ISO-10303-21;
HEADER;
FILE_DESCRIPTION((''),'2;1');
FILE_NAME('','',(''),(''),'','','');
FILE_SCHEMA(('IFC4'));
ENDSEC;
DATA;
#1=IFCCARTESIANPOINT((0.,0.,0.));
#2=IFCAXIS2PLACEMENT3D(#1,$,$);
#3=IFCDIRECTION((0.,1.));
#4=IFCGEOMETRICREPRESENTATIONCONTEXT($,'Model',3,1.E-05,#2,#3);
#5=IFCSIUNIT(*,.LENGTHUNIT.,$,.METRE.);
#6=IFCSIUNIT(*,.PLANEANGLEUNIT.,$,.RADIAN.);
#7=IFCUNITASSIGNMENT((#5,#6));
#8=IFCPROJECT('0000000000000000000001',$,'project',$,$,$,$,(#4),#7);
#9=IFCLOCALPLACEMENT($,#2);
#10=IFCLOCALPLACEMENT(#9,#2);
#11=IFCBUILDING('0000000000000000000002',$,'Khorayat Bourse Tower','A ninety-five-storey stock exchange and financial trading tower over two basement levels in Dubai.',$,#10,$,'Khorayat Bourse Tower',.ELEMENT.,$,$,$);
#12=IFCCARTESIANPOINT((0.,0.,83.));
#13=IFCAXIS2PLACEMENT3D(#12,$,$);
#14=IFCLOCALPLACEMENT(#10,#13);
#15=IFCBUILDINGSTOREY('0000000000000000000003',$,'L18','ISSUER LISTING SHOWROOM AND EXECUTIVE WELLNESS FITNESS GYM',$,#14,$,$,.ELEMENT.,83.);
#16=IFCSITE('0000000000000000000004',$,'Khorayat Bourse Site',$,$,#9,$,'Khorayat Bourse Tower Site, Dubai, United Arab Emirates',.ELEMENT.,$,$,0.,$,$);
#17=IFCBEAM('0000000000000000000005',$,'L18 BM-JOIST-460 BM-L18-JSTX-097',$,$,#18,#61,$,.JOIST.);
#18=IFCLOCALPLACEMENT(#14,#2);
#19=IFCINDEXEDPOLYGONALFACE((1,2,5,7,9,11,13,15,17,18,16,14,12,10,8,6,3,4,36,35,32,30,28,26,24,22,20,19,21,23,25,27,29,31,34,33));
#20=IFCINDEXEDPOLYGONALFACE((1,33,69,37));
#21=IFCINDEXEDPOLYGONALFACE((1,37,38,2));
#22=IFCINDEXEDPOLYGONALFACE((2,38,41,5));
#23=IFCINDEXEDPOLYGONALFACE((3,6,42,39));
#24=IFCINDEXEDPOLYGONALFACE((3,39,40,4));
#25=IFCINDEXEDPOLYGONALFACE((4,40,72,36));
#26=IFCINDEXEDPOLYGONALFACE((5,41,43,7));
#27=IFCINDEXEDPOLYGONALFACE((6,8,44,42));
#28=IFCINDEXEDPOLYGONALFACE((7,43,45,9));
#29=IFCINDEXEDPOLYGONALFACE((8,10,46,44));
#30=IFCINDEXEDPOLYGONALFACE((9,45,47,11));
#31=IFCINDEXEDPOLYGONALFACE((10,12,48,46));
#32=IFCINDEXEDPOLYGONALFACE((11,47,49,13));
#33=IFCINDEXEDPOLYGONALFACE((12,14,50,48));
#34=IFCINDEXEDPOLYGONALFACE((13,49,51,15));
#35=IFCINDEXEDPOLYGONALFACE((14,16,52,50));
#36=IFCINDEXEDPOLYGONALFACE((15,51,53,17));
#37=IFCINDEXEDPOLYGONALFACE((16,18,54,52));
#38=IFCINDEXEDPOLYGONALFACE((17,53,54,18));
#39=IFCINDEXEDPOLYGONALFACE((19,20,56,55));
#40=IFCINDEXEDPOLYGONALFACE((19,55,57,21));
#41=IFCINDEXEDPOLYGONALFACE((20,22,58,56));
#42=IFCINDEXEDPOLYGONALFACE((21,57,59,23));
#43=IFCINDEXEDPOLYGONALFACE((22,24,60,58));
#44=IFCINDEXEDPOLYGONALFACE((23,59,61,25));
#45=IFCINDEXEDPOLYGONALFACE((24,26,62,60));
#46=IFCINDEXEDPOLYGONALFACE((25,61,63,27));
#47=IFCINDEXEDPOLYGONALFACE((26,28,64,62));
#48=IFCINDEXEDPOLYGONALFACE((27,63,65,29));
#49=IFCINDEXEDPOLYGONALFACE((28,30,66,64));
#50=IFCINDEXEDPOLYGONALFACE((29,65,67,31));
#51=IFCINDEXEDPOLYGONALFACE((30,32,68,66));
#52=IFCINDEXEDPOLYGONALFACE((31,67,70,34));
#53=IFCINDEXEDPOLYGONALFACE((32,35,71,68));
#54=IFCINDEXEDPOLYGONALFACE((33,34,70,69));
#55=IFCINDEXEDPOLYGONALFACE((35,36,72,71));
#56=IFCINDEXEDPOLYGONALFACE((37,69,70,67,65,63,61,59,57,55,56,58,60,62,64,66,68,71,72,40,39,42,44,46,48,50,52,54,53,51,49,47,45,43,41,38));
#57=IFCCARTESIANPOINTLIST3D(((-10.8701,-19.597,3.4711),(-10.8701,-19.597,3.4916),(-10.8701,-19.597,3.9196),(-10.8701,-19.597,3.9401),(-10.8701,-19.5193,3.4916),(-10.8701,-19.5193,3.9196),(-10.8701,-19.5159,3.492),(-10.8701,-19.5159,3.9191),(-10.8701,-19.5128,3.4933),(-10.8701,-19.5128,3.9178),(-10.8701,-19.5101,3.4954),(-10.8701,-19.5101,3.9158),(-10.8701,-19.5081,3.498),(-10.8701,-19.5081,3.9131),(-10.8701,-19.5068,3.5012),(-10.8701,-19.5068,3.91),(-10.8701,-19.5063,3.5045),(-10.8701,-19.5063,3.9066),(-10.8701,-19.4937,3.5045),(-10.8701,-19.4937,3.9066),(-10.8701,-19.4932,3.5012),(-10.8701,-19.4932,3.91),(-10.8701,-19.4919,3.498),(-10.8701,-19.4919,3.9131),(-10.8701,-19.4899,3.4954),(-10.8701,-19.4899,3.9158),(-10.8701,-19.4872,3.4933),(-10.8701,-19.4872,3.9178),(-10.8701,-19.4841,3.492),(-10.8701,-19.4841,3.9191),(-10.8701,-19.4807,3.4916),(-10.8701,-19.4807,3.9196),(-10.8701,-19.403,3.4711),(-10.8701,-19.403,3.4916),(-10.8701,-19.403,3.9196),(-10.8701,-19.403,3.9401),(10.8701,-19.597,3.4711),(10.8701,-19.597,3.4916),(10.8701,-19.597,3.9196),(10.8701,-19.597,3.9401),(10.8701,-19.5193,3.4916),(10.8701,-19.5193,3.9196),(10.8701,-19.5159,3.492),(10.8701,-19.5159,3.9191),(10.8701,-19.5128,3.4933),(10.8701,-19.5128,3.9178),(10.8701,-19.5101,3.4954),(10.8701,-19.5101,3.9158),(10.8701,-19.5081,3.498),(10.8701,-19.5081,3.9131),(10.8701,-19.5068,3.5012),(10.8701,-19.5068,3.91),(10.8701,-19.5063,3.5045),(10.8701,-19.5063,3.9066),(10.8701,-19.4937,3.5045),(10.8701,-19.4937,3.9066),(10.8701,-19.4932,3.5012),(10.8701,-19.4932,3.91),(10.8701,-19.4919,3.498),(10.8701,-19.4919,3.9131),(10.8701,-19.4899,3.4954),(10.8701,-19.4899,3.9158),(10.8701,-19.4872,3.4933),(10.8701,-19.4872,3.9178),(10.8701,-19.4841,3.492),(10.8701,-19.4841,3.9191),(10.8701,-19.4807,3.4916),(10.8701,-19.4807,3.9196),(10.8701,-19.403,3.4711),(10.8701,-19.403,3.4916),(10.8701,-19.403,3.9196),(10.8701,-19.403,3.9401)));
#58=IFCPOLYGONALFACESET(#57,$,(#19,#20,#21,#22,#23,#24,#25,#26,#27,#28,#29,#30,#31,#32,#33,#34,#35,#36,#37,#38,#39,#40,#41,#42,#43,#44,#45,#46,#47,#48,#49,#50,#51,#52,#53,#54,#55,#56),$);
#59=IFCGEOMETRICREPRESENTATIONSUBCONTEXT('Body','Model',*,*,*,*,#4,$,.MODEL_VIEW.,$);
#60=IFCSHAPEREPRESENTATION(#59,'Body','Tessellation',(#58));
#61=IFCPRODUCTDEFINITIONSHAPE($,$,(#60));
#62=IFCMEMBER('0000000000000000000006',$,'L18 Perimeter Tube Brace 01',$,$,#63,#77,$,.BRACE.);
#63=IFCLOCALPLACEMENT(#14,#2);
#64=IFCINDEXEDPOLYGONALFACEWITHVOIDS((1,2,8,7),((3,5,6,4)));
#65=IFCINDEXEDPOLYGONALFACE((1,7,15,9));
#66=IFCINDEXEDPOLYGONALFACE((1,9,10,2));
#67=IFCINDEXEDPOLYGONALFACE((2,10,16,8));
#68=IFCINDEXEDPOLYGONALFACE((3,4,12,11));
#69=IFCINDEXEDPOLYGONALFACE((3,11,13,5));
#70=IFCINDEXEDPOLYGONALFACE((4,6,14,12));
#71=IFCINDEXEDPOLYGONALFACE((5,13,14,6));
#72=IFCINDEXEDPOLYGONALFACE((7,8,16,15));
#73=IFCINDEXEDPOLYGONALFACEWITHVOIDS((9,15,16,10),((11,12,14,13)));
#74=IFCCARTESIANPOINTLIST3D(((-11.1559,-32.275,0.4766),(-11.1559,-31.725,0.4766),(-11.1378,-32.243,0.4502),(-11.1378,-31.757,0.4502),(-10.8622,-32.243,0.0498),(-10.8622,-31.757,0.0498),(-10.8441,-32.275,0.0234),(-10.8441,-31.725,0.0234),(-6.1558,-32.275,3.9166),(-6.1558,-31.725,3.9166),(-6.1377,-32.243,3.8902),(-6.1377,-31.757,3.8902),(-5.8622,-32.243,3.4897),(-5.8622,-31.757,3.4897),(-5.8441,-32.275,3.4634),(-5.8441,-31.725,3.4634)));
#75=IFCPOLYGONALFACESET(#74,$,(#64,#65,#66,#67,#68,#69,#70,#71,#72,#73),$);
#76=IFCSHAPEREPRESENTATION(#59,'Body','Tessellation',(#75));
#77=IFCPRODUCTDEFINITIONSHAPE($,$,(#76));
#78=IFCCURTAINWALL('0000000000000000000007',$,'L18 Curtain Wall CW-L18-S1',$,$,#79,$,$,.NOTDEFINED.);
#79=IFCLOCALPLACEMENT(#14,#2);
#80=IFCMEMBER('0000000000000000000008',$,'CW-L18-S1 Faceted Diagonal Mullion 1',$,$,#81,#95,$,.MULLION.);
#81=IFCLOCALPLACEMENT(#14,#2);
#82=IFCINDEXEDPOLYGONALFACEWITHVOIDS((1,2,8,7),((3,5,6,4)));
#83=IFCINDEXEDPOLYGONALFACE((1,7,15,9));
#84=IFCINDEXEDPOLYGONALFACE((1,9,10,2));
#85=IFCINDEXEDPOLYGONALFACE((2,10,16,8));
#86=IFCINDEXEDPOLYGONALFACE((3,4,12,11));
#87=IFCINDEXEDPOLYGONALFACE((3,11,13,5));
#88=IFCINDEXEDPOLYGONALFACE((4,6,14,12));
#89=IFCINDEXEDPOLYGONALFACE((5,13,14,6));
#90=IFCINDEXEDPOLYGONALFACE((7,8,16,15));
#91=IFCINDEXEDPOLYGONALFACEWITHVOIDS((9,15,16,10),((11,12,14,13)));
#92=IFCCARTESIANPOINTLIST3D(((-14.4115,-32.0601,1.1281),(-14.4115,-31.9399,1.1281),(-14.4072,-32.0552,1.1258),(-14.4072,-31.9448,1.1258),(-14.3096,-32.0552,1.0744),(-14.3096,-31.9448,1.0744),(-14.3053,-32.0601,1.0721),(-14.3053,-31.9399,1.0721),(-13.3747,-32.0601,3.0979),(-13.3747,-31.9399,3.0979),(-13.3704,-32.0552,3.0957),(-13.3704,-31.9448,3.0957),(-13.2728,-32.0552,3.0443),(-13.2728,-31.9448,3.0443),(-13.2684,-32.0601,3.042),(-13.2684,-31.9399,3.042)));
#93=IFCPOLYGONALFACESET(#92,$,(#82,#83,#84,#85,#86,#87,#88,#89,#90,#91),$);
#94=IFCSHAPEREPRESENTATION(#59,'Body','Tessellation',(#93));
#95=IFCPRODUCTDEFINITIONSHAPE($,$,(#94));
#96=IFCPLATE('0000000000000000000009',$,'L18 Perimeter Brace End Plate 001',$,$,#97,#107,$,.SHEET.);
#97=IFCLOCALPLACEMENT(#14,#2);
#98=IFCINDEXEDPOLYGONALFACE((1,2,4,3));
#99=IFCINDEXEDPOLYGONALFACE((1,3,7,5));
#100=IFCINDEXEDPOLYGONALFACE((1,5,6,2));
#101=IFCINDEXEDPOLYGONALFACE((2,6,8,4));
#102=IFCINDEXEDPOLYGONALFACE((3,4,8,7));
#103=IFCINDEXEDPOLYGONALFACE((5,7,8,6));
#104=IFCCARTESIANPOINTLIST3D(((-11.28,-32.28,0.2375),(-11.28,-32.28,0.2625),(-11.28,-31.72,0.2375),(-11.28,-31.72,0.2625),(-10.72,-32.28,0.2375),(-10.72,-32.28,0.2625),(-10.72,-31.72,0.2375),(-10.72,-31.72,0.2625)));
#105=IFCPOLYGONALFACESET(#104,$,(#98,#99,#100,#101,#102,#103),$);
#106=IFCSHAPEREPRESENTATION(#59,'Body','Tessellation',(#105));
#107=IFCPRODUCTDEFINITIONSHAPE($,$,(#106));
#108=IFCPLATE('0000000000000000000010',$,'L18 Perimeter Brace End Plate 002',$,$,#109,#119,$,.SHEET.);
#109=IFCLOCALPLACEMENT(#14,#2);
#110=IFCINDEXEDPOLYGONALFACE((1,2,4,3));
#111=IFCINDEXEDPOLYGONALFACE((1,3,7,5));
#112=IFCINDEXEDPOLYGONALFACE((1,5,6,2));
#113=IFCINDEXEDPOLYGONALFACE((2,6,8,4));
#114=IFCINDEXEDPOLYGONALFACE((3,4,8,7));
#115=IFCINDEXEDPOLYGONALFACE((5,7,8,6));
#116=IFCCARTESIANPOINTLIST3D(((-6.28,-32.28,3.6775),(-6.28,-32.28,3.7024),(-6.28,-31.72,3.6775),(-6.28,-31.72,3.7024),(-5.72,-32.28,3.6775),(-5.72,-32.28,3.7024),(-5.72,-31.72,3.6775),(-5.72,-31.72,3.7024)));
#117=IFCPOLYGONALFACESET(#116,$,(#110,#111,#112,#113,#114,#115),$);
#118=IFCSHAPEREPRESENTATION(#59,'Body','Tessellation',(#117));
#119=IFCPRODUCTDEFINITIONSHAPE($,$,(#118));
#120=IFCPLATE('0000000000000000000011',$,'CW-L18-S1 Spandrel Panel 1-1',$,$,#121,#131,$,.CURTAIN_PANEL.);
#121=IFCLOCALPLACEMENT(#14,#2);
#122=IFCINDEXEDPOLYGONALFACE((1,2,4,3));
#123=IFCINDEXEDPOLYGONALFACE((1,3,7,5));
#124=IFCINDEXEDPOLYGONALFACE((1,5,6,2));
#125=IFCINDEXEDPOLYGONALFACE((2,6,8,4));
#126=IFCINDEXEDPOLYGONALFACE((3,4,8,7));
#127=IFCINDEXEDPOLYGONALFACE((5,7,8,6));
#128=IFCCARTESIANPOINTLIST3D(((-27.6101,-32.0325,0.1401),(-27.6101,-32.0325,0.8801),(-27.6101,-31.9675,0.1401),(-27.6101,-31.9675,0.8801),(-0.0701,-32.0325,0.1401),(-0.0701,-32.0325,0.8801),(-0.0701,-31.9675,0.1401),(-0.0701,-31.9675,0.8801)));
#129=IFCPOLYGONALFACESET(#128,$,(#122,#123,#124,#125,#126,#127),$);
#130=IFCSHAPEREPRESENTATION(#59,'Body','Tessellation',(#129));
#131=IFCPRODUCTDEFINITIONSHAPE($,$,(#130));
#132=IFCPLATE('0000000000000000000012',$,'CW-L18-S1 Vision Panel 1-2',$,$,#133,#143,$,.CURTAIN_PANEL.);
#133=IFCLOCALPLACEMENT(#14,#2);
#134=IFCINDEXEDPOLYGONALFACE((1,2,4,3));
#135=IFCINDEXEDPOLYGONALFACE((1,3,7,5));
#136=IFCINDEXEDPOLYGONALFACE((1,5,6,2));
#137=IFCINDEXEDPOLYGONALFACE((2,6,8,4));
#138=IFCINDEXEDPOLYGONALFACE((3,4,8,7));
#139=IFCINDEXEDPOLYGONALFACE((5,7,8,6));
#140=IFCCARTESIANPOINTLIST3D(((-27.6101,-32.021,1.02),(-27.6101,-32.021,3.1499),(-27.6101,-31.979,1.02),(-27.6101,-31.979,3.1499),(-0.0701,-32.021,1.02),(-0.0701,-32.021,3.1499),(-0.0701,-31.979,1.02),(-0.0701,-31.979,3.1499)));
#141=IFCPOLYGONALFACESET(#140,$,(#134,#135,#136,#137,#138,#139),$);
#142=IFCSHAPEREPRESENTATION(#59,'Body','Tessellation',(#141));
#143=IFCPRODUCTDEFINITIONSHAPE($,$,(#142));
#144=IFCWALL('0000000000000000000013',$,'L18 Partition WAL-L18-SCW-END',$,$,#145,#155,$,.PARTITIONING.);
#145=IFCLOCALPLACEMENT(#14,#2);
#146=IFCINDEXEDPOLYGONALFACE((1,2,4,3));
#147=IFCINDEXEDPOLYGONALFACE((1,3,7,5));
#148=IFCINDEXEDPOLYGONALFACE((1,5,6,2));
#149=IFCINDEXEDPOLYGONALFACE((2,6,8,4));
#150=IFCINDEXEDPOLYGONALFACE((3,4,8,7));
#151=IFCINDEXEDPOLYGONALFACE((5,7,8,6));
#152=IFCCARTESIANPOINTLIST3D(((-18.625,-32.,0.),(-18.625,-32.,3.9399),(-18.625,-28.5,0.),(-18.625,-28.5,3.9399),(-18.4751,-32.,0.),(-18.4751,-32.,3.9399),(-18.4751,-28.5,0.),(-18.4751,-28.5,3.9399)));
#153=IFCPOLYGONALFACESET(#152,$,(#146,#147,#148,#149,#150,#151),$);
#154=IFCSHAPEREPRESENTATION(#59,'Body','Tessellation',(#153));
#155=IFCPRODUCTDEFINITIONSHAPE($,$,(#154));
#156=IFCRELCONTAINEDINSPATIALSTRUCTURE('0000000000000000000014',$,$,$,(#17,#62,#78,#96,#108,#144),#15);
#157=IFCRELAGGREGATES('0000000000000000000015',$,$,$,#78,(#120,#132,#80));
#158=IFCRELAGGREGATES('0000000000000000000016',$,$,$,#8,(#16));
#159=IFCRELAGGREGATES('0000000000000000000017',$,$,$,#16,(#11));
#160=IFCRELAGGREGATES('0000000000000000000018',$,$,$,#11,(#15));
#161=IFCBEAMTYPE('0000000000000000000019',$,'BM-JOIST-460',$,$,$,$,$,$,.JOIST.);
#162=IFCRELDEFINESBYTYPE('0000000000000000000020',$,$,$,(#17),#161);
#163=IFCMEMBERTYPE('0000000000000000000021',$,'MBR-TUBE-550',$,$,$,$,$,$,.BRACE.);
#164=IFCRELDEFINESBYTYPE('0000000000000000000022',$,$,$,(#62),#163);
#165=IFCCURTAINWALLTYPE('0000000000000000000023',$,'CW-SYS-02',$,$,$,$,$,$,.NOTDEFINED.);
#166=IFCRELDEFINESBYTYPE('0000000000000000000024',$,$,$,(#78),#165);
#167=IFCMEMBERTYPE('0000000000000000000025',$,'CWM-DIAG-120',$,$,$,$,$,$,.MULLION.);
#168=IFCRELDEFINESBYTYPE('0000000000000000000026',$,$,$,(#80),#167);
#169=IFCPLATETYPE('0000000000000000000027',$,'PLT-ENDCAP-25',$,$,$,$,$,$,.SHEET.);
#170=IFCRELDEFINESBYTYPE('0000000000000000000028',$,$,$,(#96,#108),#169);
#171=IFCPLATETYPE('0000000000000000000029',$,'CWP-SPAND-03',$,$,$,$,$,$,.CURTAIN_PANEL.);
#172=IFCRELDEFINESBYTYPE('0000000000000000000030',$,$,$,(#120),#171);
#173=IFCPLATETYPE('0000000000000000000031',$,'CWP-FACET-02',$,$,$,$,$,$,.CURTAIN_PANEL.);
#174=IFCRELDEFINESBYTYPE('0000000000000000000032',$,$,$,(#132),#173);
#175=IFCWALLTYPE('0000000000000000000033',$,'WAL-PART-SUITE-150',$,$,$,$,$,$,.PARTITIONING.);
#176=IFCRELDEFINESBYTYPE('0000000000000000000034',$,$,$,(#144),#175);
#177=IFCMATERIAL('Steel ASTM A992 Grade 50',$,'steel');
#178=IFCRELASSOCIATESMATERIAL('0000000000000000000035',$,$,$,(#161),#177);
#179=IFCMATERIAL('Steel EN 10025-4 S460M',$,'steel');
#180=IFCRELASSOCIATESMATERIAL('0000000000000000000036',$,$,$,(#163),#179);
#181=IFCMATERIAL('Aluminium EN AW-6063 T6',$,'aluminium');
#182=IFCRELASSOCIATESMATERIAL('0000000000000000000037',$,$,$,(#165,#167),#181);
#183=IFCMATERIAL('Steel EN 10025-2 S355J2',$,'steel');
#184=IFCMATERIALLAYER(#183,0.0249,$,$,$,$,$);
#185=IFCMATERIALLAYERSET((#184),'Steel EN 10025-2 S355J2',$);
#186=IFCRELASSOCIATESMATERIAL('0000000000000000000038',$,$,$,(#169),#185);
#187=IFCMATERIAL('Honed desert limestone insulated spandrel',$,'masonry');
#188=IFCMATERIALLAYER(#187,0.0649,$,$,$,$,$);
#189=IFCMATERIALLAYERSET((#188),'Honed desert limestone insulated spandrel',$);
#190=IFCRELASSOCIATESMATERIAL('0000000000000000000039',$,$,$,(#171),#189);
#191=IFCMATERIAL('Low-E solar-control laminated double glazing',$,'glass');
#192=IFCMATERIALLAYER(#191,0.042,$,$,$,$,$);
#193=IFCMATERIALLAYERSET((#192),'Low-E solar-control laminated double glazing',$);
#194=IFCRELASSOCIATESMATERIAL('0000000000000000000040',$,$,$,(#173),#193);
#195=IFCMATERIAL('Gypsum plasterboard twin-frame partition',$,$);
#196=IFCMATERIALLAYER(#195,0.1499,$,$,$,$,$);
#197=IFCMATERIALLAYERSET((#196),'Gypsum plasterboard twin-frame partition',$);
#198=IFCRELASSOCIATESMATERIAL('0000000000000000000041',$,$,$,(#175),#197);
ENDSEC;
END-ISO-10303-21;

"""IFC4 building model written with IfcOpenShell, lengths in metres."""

from ifc_helpers import new_model, si_unit, direction, frame, frame_2d, origin, origin_2d, place, context, subcontext, project, spatial, rectangle, hollow_rectangle, i_section, extrude, source, transform, mapped, material, layer, layer_set, material_profile, profile_set, type_object, element, aggregate, save


model = new_model("IFC4")

# Units and contexts
model_context = context("Model", 3, precision=1e-05, world=origin(), true_north=direction((0.0, 1.0)))
body_context = subcontext(model_context, "Body", "Model", "MODEL_VIEW")
ifc_project = project(units=[si_unit("LENGTHUNIT", "METRE"), si_unit("PLANEANGLEUNIT", "RADIAN")], contexts=[model_context])

# Site, building, storey
site_placement = place(None, origin())
site = spatial("IfcSite", under=ifc_project, at=site_placement, Name="Khorayat Bourse Site", LongName="Khorayat Bourse Tower Site, Dubai, United Arab Emirates", CompositionType="ELEMENT", RefElevation=0.0)
building_placement = place(site_placement, origin())
building = spatial("IfcBuilding", under=site, at=building_placement, Name="Khorayat Bourse Tower", Description="A ninety-five-storey stock exchange and financial trading tower over two basement levels in Dubai.", LongName="Khorayat Bourse Tower", CompositionType="ELEMENT")
storey_placement = place(building_placement, frame((0.0, 0.0, 83.0)))
storey = spatial("IfcBuildingStorey", under=building, at=storey_placement, Name="L18", Description="ISSUER LISTING SHOWROOM AND EXECUTIVE WELLNESS FITNESS GYM", CompositionType="ELEMENT", Elevation=83.0)

# Shared definitions
ifc_material_1 = material(Name="Steel EN 10025-4 S460M", Category="steel")

# Beam
ifc_material_2 = material(Name="Steel ASTM A992 Grade 50", Category="steel")
ifc_material_profile_1 = material_profile(ifc_material_2, i_section(OverallWidth=0.1941, OverallDepth=0.469, WebThickness=0.0127, FlangeThickness=0.0205, FilletRadius=0.0129, at=origin_2d()), Name="W460X106")
ifc_profile_set_1 = profile_set([ifc_material_profile_1], Name="Steel ASTM A992 Grade 50")
beam_type_1 = type_object("IfcBeamType", Name="BM-JOIST-460", PredefinedType="JOIST", material=ifc_profile_set_1)
shared_shape_1 = source(origin(), body_context, "Body", "SweptSolid", [
    extrude(i_section(OverallWidth=0.1941, OverallDepth=0.469, WebThickness=0.0127, FlangeThickness=0.0205, FilletRadius=0.0129, at=origin_2d()), origin(), (0.0, 0.0, 1.0), 21.7402),
])
beam_1_placement = place(storey_placement, frame((-10.8701, -19.5, 3.7056), z_axis=(1.0, 0.0, 0.0), x_axis=(0.0, 1.0, 0.0)))
element("IfcBeam", 1, at=beam_1_placement, inside=storey, type_object=beam_type_1, Name="L18 BM-JOIST-460 BM-L18-JSTX-097", PredefinedType="JOIST", context=body_context, shape_type="MappedRepresentation", body=[
    mapped(shared_shape_1, transform((0.0, 0.0, 0.0), scale=1.0)),
])

# Member
ifc_material_profile_2 = material_profile(ifc_material_1, hollow_rectangle(XDim=0.55, YDim=0.55, WallThickness=0.032, at=origin_2d()), Name="HSS 550x550x32")
ifc_profile_set_2 = profile_set([ifc_material_profile_2], Name="Steel EN 10025-4 S460M")
member_type_1 = type_object("IfcMemberType", Name="MBR-TUBE-550", PredefinedType="BRACE", material=ifc_profile_set_2)
shared_shape_2 = source(origin(), body_context, "Body", "SweptSolid", [
    extrude(hollow_rectangle(XDim=0.55, YDim=0.55, WallThickness=0.032, at=origin_2d()), origin(), (0.0, 0.0, 1.0), 6.0691),
])
member_1_placement = place(storey_placement, frame((-11.0, -32.0, 0.25), z_axis=(0.823854, 0.0, 0.566802), x_axis=(0.0, 1.0, 0.0)))
element("IfcMember", 2, at=member_1_placement, inside=storey, type_object=member_type_1, Name="L18 Perimeter Tube Brace 01", PredefinedType="BRACE", context=body_context, shape_type="MappedRepresentation", body=[
    mapped(shared_shape_2, transform((0.0, 0.0, 0.0), scale=1.0)),
])

# Curtain wall, member
ifc_material_3 = material(Name="Aluminium EN AW-6063 T6", Category="aluminium")
curtain_wall_type = type_object("IfcCurtainWallType", Name="CW-SYS-02", PredefinedType="NOTDEFINED", material=ifc_material_3)
curtain_wall_placement = place(storey_placement, origin())
curtain_wall = element("IfcCurtainWall", 3, at=curtain_wall_placement, inside=storey, type_object=curtain_wall_type, Name="L18 Curtain Wall CW-L18-S1", PredefinedType="NOTDEFINED")
ifc_material_profile_3 = material_profile(ifc_material_3, hollow_rectangle(XDim=0.1201, YDim=0.1201, WallThickness=0.0049, at=origin_2d()), Name="ALU 120x120x5")
ifc_profile_set_3 = profile_set([ifc_material_profile_3], Name="Aluminium EN AW-6063 T6")
member_type_2 = type_object("IfcMemberType", Name="CWM-DIAG-120", PredefinedType="MULLION", material=ifc_profile_set_3)
shared_shape_3 = source(origin(), body_context, "Body", "SweptSolid", [
    extrude(hollow_rectangle(XDim=0.1201, YDim=0.1201, WallThickness=0.0049, at=origin_2d()), origin(), (0.0, 0.0, 1.0), 2.2261),
])
member_2_placement = place(storey_placement, frame((-14.3584, -32.0, 1.1001), z_axis=(0.46576, 0.0, 0.884911), x_axis=(0.0, 1.0, 0.0)))
member_2 = element("IfcMember", 4, at=member_2_placement, type_object=member_type_2, Name="CW-L18-S1 Faceted Diagonal Mullion 1", PredefinedType="MULLION", context=body_context, shape_type="MappedRepresentation", body=[
    mapped(shared_shape_3, transform((0.0, 0.0, 0.0), scale=1.0)),
])

# Plates
ifc_material_4 = material(Name="Steel EN 10025-2 S355J2", Category="steel")
ifc_layer_1 = layer(ifc_material_4, 0.0249)
ifc_layer_set_1 = layer_set([ifc_layer_1], Name="Steel EN 10025-2 S355J2")
plate_type_1 = type_object("IfcPlateType", Name="PLT-ENDCAP-25", PredefinedType="SHEET", material=ifc_layer_set_1)
shared_shape_4 = source(origin(), body_context, "Body", "SweptSolid", [
    extrude(rectangle(XDim=0.5601, YDim=0.5601, at=origin_2d()), origin(), (0.0, 0.0, 1.0), 0.0249),
])
for number, where, z_axis, x_axis, name in (
    (5, (-11.0, -32.0, 0.2375), (0.0, 0.0, 1.0), (1.0, 0.0, 0.0), "L18 Perimeter Brace End Plate 001"),
    (6, (-6.0, -32.0, 3.6775), (0.0, 0.0, 1.0), (1.0, 0.0, 0.0), "L18 Perimeter Brace End Plate 002"),
):
    element("IfcPlate", number, at=place(storey_placement, frame(where, z_axis=z_axis, x_axis=x_axis)), inside=storey, type_object=plate_type_1, Name=name, PredefinedType="SHEET", context=body_context, shape_type="MappedRepresentation", body=[
        mapped(shared_shape_4, transform((0.0, 0.0, 0.0), scale=1.0)),
    ])

# Plates
ifc_material_5 = material(Name="Honed desert limestone insulated spandrel", Category="masonry")
ifc_layer_2 = layer(ifc_material_5, 0.0649)
ifc_layer_set_2 = layer_set([ifc_layer_2], Name="Honed desert limestone insulated spandrel")
plate_type_2 = type_object("IfcPlateType", Name="CWP-SPAND-03", PredefinedType="CURTAIN_PANEL", material=ifc_layer_set_2)
shared_shape_5 = source(origin(), body_context, "Body", "SweptSolid", [
    extrude(rectangle(XDim=27.54, YDim=0.0649, at=origin_2d()), origin(), (0.0, 0.0, 1.0), 0.74),
])
plate_1_placement = place(storey_placement, frame((-13.8401, -32.0, 0.1401), z_axis=(0.0, 0.0, 1.0), x_axis=(1.0, 0.0, 0.0)))
plate_1 = element("IfcPlate", 7, at=plate_1_placement, type_object=plate_type_2, Name="CW-L18-S1 Spandrel Panel 1-1", PredefinedType="CURTAIN_PANEL", context=body_context, shape_type="MappedRepresentation", body=[
    mapped(shared_shape_5, transform((0.0, 0.0, 0.0), scale=1.0)),
])
ifc_material_6 = material(Name="Low-E solar-control laminated double glazing", Category="glass")
ifc_layer_3 = layer(ifc_material_6, 0.042)
ifc_layer_set_3 = layer_set([ifc_layer_3], Name="Low-E solar-control laminated double glazing")
plate_type_3 = type_object("IfcPlateType", Name="CWP-FACET-02", PredefinedType="CURTAIN_PANEL", material=ifc_layer_set_3)
shared_shape_6 = source(origin(), body_context, "Body", "SweptSolid", [
    extrude(rectangle(XDim=27.54, YDim=0.042, at=origin_2d()), origin(), (0.0, 0.0, 1.0), 2.1299),
])
plate_2_placement = place(storey_placement, frame((-13.8401, -32.0, 1.02), z_axis=(0.0, 0.0, 1.0), x_axis=(1.0, 0.0, 0.0)))
plate_2 = element("IfcPlate", 8, at=plate_2_placement, type_object=plate_type_3, Name="CW-L18-S1 Vision Panel 1-2", PredefinedType="CURTAIN_PANEL", context=body_context, shape_type="MappedRepresentation", body=[
    mapped(shared_shape_6, transform((0.0, 0.0, 0.0), scale=1.0)),
])
aggregate(curtain_wall, [plate_1, plate_2, member_2])

# Wall
ifc_material_7 = material(Name="Gypsum plasterboard twin-frame partition")
ifc_layer_4 = layer(ifc_material_7, 0.1499)
ifc_layer_set_4 = layer_set([ifc_layer_4], Name="Gypsum plasterboard twin-frame partition")
wall_type_1 = type_object("IfcWallType", Name="WAL-PART-SUITE-150", PredefinedType="PARTITIONING", material=ifc_layer_set_4)
shared_shape_7 = source(origin(), body_context, "Body", "SweptSolid", [
    extrude(rectangle(XDim=3.5, YDim=0.1499, at=frame_2d((1.75, 0.0))), origin(), (0.0, 0.0, 1.0), 3.9399),
])
wall_1_placement = place(storey_placement, frame((-18.55, -32.0, 0.0), z_axis=(0.0, 0.0, 1.0), x_axis=(0.0, 1.0, 0.0)))
element("IfcWall", 9, at=wall_1_placement, inside=storey, type_object=wall_type_1, Name="L18 Partition WAL-L18-SCW-END", PredefinedType="PARTITIONING", context=body_context, shape_type="MappedRepresentation", body=[
    mapped(shared_shape_7, transform((0.0, 0.0, 0.0), scale=1.0)),
])

save(model, "model.ifc")
